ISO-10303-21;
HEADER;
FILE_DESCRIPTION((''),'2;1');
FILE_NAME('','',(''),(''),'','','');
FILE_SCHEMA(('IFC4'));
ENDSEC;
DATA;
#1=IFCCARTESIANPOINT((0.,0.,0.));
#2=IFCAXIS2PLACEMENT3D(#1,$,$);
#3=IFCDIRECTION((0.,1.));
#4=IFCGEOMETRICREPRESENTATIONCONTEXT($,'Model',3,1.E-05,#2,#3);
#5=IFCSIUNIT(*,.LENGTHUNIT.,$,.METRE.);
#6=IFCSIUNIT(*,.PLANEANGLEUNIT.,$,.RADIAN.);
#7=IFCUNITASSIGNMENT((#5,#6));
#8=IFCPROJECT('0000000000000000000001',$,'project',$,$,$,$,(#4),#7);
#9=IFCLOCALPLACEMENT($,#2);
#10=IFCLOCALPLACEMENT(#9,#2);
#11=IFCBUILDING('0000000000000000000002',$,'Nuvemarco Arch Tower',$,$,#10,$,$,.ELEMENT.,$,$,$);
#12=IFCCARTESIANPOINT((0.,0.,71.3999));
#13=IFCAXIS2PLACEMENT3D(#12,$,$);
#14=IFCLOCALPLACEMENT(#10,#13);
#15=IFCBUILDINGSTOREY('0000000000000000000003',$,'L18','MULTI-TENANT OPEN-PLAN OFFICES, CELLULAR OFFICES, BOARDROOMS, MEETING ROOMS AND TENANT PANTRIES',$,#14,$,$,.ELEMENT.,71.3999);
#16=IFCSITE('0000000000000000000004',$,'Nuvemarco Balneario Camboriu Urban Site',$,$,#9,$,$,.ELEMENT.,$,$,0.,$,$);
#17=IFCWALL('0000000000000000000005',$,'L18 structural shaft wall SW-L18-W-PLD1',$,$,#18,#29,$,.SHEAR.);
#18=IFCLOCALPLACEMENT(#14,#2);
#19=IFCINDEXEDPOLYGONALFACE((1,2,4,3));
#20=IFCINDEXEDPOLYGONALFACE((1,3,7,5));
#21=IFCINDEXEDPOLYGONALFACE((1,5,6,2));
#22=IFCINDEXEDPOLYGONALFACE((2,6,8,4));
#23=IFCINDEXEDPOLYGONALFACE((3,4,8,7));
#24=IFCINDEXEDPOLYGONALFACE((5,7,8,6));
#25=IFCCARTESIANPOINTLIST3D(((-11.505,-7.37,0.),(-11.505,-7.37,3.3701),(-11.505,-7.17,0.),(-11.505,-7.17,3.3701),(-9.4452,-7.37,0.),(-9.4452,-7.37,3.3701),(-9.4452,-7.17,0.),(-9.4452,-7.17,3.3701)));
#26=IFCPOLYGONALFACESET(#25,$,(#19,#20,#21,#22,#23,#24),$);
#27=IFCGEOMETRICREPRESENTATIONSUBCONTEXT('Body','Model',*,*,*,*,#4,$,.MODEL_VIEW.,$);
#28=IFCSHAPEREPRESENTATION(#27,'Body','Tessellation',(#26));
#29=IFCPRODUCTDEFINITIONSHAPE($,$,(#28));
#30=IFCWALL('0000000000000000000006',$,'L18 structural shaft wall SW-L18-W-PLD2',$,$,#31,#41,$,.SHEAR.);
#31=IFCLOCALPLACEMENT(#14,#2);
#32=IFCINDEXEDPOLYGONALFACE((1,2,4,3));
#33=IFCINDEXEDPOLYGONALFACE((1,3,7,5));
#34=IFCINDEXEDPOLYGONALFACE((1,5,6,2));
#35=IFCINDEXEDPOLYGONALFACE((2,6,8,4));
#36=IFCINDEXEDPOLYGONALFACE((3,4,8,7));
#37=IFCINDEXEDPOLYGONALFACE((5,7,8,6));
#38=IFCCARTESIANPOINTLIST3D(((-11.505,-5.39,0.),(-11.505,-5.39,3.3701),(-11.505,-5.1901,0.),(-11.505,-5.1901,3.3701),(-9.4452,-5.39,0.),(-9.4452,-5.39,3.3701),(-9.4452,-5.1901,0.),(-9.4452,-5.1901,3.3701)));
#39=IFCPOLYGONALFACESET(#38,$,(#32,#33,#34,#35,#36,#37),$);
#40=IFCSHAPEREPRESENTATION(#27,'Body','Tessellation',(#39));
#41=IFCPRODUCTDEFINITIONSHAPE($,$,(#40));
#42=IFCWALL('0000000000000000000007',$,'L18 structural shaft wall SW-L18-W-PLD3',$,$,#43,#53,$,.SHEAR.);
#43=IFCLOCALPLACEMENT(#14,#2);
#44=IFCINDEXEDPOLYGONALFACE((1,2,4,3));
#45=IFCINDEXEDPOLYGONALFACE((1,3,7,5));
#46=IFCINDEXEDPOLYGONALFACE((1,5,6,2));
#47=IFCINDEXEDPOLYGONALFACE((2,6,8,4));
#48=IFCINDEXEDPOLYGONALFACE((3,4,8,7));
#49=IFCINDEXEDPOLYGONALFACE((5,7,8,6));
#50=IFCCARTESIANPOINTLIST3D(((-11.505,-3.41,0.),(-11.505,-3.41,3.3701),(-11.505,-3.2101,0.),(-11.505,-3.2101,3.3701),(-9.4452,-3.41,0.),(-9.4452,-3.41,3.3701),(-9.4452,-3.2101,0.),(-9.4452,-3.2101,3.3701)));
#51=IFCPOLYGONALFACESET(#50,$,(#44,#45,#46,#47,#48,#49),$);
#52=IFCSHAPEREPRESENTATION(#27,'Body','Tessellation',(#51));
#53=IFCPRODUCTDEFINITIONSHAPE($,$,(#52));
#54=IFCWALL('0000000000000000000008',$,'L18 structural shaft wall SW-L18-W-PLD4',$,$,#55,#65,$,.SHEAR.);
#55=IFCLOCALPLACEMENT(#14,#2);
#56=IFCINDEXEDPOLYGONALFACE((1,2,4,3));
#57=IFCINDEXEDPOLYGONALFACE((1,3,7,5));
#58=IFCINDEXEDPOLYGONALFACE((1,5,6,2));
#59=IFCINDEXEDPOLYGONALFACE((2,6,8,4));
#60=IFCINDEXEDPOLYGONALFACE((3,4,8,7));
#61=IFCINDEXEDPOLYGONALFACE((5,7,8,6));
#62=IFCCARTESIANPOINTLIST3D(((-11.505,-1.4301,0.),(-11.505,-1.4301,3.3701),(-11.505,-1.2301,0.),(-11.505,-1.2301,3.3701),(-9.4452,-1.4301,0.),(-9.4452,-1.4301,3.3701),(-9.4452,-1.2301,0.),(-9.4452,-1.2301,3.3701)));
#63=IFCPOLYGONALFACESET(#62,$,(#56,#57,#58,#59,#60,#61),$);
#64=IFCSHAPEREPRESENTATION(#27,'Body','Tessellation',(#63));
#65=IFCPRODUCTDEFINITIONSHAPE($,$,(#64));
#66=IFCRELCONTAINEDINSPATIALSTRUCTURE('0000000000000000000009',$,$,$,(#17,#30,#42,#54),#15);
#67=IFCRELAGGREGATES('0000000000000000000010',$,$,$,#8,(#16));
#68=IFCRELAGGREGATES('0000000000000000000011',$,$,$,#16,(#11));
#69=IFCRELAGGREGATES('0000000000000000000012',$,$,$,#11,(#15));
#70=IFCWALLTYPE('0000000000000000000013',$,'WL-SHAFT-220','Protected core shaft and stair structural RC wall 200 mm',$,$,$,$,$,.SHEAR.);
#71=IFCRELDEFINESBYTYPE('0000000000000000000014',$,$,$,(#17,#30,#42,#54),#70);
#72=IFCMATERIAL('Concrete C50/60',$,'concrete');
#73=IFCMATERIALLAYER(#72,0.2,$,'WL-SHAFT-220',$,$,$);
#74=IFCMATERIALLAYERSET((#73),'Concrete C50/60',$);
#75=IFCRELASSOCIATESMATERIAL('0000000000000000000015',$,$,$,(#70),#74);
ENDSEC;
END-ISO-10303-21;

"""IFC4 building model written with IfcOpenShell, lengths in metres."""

from ifc_helpers import new_model, si_unit, direction, frame, frame_2d, origin, place, context, subcontext, project, spatial, rectangle, extrude, material, layer, layer_set, type_object, element, save


model = new_model("IFC4")

# Units and contexts
model_context = context("Model", 3, precision=1e-05, world=origin(), true_north=direction((0.0, 1.0)))
body_context = subcontext(model_context, "Body", "Model", "MODEL_VIEW")
ifc_project = project(units=[si_unit("LENGTHUNIT", "METRE"), si_unit("PLANEANGLEUNIT", "RADIAN")], contexts=[model_context])

# Site, building, storey
site_placement = place(None, origin())
site = spatial("IfcSite", under=ifc_project, at=site_placement, Name="Nuvemarco Balneario Camboriu Urban Site", CompositionType="ELEMENT", RefElevation=0.0)
building_placement = place(site_placement, origin())
building = spatial("IfcBuilding", under=site, at=building_placement, Name="Nuvemarco Arch Tower", CompositionType="ELEMENT")
storey_placement = place(building_placement, frame((0.0, 0.0, 71.3999)))
storey = spatial("IfcBuildingStorey", under=building, at=storey_placement, Name="L18", Description="MULTI-TENANT OPEN-PLAN OFFICES, CELLULAR OFFICES, BOARDROOMS, MEETING ROOMS AND TENANT PANTRIES", CompositionType="ELEMENT", Elevation=71.3999)

# Shared definitions
ifc_material_1 = material(Name="Concrete C50/60", Category="concrete")
ifc_layer_1 = layer(ifc_material_1, 0.2, Name="WL-SHAFT-220")
ifc_layer_set_1 = layer_set([ifc_layer_1], Name="Concrete C50/60")
wall_type_1 = type_object("IfcWallType", Name="WL-SHAFT-220", Description="Protected core shaft and stair structural RC wall 200 mm", PredefinedType="SHEAR", material=ifc_layer_set_1)

# Walls
for number, where, z_axis, x_axis, name in (
    (1, (-11.5049, -7.27, 0.0), (0.0, 0.0, 1.0), (1.0, 0.0, 0.0), "L18 structural shaft wall SW-L18-W-PLD1"),
    (2, (-11.5049, -5.29, 0.0), (0.0, 0.0, 1.0), (1.0, 0.0, 0.0), "L18 structural shaft wall SW-L18-W-PLD2"),
    (3, (-11.5049, -3.3101, 0.0), (0.0, 0.0, 1.0), (1.0, 0.0, 0.0), "L18 structural shaft wall SW-L18-W-PLD3"),
    (4, (-11.5049, -1.3301, 0.0), (0.0, 0.0, 1.0), (1.0, 0.0, 0.0), "L18 structural shaft wall SW-L18-W-PLD4"),
):
    element("IfcWall", number, at=place(storey_placement, frame(where, z_axis=z_axis, x_axis=x_axis)), inside=storey, type_object=wall_type_1, Name=name, PredefinedType="SHEAR", context=body_context, shape_type="SweptSolid", body=[
        extrude(rectangle(XDim=2.0598, YDim=0.2, at=frame_2d((1.0298, 0.0))), origin(), (0.0, 0.0, 1.0), 3.3701),
    ])

save(model, "model.ifc")
